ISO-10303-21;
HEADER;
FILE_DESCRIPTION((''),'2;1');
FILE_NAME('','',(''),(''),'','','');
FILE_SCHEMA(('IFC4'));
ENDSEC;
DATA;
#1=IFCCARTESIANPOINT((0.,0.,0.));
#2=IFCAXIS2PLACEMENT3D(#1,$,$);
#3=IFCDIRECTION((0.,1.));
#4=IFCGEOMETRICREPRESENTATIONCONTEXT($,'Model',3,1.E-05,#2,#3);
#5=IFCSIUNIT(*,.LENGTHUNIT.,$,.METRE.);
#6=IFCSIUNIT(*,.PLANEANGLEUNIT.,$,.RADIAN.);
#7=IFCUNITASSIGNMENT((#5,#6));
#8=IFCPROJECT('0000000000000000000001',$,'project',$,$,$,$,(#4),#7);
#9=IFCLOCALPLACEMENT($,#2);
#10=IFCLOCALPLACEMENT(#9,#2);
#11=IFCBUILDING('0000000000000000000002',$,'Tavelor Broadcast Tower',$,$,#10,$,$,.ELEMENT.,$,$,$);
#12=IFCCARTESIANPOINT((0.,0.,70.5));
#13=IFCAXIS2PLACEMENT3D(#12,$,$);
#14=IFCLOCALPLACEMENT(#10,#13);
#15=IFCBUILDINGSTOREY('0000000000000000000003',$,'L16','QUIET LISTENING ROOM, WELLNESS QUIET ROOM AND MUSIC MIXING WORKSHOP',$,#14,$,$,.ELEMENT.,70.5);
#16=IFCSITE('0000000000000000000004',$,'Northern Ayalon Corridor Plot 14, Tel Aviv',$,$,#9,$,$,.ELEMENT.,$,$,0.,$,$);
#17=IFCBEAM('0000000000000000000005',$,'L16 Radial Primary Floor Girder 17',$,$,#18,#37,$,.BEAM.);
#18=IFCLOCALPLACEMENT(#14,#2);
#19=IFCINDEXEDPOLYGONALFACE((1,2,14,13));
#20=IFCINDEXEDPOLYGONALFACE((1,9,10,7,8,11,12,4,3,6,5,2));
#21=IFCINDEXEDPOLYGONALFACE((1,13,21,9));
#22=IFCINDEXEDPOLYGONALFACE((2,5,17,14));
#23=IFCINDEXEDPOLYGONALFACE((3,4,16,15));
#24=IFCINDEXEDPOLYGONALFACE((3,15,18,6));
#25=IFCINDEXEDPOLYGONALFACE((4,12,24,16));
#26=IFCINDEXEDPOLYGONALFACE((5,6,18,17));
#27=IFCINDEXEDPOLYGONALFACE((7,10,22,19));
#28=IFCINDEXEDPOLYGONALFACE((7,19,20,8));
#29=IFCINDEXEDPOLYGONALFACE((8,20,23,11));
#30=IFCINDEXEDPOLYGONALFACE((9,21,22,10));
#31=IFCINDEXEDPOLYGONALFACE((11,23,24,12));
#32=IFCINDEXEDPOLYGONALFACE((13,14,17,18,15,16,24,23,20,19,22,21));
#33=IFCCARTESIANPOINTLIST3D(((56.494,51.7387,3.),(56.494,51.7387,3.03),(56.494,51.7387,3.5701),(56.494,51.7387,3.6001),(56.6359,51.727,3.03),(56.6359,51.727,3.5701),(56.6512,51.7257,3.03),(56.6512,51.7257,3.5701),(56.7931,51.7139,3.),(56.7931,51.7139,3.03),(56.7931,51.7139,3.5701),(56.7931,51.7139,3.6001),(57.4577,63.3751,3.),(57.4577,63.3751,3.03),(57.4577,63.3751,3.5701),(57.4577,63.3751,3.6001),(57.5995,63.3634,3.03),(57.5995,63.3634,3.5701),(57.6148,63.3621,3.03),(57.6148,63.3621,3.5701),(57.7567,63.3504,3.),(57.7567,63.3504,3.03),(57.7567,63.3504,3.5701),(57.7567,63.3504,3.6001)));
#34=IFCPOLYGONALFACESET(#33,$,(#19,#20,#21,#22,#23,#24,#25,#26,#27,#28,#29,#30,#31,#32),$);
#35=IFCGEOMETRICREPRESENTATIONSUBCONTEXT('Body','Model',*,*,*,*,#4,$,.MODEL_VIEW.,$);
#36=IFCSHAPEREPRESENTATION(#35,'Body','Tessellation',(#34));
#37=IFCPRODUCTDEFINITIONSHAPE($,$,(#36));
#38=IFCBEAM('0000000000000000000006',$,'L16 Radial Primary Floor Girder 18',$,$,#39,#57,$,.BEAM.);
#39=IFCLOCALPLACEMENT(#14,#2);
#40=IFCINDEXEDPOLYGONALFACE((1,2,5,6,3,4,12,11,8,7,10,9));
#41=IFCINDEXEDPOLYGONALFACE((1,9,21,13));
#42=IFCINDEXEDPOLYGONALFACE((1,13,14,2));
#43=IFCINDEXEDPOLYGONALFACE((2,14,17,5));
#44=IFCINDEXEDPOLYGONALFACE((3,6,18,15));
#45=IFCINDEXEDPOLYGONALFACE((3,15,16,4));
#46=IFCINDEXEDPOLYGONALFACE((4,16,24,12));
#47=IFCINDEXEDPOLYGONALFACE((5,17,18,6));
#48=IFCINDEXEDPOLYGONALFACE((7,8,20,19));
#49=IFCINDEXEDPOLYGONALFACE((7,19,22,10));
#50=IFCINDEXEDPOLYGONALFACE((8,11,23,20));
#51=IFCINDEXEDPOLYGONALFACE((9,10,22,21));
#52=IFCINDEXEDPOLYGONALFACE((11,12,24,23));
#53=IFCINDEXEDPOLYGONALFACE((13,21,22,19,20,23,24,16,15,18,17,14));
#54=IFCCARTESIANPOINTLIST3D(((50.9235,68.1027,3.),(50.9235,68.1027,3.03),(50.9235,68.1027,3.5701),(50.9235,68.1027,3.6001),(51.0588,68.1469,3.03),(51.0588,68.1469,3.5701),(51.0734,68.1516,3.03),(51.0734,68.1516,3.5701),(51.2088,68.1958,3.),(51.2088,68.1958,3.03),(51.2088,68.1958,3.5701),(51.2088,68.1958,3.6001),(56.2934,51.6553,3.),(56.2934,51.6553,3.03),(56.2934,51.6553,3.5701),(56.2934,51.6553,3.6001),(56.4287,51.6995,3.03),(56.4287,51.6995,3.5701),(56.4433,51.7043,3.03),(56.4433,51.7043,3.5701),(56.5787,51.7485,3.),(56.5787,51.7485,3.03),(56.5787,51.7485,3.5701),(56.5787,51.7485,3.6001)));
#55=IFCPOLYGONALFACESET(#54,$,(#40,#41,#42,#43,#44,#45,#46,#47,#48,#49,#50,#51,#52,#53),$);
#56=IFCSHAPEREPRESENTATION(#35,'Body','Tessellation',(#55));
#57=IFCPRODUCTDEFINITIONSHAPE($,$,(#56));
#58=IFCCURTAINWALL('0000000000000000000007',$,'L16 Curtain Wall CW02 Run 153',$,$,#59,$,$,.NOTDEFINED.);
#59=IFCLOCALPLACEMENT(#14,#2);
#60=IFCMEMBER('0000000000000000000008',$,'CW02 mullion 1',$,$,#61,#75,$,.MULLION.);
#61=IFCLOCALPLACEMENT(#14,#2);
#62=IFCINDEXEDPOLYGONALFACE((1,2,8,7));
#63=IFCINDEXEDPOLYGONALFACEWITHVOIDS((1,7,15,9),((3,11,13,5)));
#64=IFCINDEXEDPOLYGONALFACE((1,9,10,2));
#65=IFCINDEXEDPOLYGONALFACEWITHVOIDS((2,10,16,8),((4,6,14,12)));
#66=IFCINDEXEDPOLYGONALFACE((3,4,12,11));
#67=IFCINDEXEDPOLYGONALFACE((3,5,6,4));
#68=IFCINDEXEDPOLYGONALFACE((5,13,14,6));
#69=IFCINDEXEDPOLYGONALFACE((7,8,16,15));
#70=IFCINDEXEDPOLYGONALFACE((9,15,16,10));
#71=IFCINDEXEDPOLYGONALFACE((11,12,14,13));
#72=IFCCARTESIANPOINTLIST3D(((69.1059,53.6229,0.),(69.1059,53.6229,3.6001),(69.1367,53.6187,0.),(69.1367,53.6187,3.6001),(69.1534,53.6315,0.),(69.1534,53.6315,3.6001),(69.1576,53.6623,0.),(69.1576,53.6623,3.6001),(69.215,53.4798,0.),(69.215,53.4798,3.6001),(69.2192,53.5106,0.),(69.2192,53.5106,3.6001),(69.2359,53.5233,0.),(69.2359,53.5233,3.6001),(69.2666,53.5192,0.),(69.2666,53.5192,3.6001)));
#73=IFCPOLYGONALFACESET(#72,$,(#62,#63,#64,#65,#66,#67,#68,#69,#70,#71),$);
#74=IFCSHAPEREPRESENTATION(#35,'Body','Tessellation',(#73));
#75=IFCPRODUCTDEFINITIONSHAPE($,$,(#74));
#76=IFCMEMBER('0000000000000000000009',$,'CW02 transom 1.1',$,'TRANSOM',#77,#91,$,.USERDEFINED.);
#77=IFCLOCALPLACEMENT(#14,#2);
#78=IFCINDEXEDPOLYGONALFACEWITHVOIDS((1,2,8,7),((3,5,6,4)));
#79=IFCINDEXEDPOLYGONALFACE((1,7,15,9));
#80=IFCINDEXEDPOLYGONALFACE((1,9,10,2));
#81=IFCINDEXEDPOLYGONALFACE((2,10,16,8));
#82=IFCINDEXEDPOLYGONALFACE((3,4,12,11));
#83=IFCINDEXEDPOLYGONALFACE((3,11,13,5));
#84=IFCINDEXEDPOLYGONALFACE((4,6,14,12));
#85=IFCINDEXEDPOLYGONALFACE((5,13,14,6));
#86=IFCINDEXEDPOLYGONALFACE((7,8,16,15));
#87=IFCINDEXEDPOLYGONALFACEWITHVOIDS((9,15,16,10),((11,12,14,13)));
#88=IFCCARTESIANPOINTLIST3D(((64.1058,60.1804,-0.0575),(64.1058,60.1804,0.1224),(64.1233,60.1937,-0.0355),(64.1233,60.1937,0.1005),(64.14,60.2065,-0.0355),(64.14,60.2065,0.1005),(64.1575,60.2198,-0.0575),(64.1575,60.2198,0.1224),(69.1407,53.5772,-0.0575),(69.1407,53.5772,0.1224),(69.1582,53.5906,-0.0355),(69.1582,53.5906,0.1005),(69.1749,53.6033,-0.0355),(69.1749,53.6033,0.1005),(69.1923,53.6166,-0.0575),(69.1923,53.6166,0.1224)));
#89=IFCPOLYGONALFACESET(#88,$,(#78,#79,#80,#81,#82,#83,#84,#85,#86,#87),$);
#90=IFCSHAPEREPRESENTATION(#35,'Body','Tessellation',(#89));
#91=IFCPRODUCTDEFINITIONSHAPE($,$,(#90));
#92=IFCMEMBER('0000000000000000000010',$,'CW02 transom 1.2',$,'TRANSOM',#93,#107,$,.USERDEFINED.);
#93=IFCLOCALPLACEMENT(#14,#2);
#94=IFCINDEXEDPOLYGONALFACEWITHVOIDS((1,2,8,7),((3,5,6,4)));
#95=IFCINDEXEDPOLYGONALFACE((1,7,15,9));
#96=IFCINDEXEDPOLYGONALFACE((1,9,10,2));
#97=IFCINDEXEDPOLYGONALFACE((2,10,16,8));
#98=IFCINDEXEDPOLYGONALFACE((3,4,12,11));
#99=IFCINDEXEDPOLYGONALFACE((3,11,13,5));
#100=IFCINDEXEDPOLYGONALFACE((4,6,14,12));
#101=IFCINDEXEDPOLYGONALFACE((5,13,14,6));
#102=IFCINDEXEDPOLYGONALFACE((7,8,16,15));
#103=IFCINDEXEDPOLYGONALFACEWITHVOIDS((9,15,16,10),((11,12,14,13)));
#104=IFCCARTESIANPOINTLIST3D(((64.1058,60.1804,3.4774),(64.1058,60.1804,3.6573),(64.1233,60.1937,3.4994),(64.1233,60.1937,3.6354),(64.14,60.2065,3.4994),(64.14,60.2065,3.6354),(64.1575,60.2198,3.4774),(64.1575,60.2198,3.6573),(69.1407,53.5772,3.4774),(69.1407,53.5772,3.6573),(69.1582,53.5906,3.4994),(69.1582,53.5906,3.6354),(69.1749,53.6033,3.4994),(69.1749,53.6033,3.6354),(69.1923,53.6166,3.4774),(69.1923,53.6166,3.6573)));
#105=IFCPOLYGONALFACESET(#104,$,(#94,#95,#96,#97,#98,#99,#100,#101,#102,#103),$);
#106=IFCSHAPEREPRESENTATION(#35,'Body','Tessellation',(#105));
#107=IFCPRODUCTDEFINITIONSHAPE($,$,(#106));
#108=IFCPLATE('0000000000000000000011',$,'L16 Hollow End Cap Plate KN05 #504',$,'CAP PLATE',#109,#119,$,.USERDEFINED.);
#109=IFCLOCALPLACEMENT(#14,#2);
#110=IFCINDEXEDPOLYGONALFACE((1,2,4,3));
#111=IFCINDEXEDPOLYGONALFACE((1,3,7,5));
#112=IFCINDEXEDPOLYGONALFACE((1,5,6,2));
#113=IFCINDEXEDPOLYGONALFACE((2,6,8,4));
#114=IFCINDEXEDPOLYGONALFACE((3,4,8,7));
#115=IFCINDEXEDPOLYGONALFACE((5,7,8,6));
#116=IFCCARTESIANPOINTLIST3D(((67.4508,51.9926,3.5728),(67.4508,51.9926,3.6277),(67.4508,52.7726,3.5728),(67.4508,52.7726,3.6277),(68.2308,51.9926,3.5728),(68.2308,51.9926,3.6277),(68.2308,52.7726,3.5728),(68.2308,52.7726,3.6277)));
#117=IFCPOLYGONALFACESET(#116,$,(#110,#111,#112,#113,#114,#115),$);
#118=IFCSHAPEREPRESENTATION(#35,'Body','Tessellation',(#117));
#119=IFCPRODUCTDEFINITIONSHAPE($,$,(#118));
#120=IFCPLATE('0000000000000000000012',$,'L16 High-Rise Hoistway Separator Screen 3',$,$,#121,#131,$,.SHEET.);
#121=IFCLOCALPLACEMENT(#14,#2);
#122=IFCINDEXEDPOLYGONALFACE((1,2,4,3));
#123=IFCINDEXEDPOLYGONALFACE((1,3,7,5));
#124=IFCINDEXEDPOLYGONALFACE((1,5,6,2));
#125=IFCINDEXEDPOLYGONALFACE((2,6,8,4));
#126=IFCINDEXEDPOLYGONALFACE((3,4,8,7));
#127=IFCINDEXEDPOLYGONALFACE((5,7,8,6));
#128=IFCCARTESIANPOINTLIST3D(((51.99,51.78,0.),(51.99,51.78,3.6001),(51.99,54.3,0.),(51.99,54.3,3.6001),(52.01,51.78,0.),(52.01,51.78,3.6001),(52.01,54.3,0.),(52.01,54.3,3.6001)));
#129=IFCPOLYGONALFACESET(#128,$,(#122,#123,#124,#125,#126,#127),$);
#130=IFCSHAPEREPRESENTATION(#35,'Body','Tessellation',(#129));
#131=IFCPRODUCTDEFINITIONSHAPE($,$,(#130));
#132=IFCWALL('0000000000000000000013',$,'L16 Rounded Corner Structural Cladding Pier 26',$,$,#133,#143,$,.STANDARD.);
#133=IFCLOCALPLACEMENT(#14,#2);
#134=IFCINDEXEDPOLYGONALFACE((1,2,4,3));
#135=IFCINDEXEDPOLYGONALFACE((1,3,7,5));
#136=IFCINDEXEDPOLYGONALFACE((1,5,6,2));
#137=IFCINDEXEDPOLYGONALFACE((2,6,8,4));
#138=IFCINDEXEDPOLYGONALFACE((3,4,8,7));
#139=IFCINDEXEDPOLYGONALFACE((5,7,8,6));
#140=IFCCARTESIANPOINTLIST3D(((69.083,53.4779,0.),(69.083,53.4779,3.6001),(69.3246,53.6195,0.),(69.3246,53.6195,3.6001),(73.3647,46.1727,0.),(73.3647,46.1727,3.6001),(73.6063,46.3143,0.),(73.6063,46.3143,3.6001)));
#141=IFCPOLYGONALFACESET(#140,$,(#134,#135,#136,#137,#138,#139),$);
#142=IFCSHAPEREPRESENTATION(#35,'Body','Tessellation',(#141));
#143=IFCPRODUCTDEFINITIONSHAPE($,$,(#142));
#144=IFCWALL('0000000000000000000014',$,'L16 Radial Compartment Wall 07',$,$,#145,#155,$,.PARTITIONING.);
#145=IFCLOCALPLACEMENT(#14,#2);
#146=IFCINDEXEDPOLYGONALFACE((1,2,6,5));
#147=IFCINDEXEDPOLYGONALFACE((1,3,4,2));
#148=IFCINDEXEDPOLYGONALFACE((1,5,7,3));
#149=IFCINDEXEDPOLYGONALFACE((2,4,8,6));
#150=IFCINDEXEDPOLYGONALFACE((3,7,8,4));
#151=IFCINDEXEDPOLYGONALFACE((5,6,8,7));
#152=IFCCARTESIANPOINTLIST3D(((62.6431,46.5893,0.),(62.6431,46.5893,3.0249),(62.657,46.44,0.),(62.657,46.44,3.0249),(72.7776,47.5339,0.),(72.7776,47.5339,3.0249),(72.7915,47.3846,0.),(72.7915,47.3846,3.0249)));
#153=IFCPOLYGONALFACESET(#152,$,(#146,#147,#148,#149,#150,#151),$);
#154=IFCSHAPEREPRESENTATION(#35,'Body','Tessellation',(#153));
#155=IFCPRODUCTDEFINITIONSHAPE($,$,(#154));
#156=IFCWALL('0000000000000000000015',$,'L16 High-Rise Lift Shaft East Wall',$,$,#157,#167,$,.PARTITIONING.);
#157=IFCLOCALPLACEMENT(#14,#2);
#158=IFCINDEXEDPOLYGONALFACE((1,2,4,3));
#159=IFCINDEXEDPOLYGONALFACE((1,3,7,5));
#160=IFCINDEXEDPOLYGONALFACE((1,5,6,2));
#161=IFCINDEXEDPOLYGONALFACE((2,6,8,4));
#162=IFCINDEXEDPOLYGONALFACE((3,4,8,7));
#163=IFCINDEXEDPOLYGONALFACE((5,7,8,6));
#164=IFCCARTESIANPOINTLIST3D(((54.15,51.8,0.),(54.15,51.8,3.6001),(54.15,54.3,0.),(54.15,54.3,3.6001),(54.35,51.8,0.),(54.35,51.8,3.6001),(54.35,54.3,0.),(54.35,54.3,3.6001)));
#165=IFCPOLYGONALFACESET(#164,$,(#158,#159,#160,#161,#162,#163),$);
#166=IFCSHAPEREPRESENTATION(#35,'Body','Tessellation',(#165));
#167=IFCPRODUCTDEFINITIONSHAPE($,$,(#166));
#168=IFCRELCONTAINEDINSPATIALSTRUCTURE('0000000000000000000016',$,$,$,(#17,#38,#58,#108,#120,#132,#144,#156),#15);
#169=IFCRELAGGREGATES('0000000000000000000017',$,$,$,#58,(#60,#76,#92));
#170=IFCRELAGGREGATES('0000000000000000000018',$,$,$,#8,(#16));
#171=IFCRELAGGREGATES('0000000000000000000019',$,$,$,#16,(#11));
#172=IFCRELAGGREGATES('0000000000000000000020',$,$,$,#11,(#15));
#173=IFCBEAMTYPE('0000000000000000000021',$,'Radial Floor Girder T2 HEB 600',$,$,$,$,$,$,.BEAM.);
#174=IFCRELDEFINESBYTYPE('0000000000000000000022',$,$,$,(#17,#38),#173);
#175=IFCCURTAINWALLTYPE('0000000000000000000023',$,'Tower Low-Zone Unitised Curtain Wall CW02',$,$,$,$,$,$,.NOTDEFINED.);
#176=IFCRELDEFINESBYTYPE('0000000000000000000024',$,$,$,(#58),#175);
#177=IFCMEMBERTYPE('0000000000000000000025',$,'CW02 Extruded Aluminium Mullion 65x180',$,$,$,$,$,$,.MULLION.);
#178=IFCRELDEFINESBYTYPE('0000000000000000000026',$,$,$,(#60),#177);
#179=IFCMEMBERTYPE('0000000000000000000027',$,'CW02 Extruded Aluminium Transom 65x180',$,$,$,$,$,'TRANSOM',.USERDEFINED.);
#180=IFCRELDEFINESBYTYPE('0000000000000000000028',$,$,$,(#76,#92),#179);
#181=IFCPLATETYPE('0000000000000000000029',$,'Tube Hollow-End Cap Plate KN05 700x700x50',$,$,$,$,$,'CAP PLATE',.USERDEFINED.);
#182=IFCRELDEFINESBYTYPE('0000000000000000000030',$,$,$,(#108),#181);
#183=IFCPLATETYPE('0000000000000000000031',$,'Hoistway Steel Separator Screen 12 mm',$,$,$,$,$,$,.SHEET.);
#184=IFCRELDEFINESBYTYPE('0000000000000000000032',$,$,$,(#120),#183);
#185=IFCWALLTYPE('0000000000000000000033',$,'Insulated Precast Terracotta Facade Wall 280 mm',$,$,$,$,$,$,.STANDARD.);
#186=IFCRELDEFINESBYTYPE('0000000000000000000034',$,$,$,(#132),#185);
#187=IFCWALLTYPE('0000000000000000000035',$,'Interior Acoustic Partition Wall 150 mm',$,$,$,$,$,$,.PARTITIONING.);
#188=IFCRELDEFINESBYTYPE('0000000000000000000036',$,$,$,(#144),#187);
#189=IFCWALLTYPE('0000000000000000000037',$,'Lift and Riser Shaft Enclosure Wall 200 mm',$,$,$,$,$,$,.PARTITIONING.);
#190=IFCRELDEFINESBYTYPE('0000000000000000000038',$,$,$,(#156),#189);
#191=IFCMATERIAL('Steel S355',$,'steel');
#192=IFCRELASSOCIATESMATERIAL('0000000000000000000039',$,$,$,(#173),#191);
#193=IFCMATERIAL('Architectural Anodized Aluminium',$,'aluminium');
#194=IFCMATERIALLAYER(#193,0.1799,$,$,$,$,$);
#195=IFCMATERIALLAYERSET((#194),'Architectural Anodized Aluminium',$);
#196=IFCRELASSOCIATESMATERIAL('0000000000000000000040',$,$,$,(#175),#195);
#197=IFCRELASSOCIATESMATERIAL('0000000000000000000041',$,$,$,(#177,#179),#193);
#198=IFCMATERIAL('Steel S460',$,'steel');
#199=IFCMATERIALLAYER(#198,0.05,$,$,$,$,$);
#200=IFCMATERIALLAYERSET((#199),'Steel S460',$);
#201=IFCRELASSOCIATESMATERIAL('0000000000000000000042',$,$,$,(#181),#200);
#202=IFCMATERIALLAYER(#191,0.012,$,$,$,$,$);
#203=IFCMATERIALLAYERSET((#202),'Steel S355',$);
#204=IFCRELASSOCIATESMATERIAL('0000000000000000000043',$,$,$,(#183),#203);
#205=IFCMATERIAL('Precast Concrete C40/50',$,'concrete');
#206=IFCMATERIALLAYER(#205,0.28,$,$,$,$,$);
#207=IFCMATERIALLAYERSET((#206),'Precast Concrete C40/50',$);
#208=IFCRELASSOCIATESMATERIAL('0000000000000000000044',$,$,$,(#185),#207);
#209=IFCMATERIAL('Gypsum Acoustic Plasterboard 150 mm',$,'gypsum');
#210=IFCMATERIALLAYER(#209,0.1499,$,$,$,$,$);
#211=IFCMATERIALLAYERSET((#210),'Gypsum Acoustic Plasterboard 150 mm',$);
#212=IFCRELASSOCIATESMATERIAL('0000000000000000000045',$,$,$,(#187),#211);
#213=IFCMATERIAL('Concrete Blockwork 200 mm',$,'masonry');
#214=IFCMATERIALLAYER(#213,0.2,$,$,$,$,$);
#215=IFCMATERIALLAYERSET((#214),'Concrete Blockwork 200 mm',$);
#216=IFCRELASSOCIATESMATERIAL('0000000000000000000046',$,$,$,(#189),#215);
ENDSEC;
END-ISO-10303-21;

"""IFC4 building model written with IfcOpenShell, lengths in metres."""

from ifc_helpers import new_model, si_unit, direction, frame, frame_2d, origin, origin_2d, place, context, subcontext, project, spatial, rectangle, hollow_rectangle, i_section, extrude, source, transform, mapped, material, layer, layer_set, material_profile, profile_set, type_object, type_shapes, element, aggregate, save


model = new_model("IFC4")

# Units and contexts
model_context = context("Model", 3, precision=1e-05, world=origin(), true_north=direction((0.0, 1.0)))
body_context = subcontext(model_context, "Body", "Model", "MODEL_VIEW")
ifc_project = project(units=[si_unit("LENGTHUNIT", "METRE"), si_unit("PLANEANGLEUNIT", "RADIAN")], contexts=[model_context])

# Site, building, storey
site_placement = place(None, origin())
site = spatial("IfcSite", under=ifc_project, at=site_placement, Name="Northern Ayalon Corridor Plot 14, Tel Aviv", CompositionType="ELEMENT", RefElevation=0.0)
building_placement = place(site_placement, origin())
building = spatial("IfcBuilding", under=site, at=building_placement, Name="Tavelor Broadcast Tower", CompositionType="ELEMENT")
storey_placement = place(building_placement, frame((0.0, 0.0, 70.5)))
storey = spatial("IfcBuildingStorey", under=building, at=storey_placement, Name="L16", Description="QUIET LISTENING ROOM, WELLNESS QUIET ROOM AND MUSIC MIXING WORKSHOP", CompositionType="ELEMENT", Elevation=70.5)

# Shared definitions
ifc_material_1 = material(Name="Steel S460", Category="steel")

# Beams
ifc_material_2 = material(Name="Steel S355", Category="steel")
ifc_material_profile_1 = material_profile(ifc_material_2, i_section(OverallWidth=0.3, OverallDepth=0.6001, WebThickness=0.0154, FlangeThickness=0.03, at=origin_2d()), Name="HEB 600")
ifc_profile_set_1 = profile_set([ifc_material_profile_1], Name="Steel S355")
beam_type_1 = type_object("IfcBeamType", Name="Radial Floor Girder T2 HEB 600", PredefinedType="BEAM", material=ifc_profile_set_1)
beam_1_placement = place(storey_placement, frame((56.6436, 51.7263, 3.3), z_axis=(0.082528, 0.996589, 0.0), x_axis=(-0.996589, 0.082528, 0.0)))
element("IfcBeam", 1, at=beam_1_placement, inside=storey, type_object=beam_type_1, Name="L16 Radial Primary Floor Girder 17", PredefinedType="BEAM", context=body_context, shape_type="SweptSolid", body=[
    extrude(i_section(OverallWidth=0.3, OverallDepth=0.6001, WebThickness=0.0154, FlangeThickness=0.03, at=origin_2d()), origin(), (0.0, 0.0, 1.0), 11.6763),
])
beam_2_placement = place(storey_placement, frame((56.436, 51.7019, 3.3), z_axis=(-0.310367, 0.950617, 0.0), x_axis=(-0.950617, -0.310367, 0.0)))
element("IfcBeam", 2, at=beam_2_placement, inside=storey, type_object=beam_type_1, Name="L16 Radial Primary Floor Girder 18", PredefinedType="BEAM", context=body_context, shape_type="SweptSolid", body=[
    extrude(i_section(OverallWidth=0.3, OverallDepth=0.6001, WebThickness=0.0154, FlangeThickness=0.03, at=origin_2d()), origin(), (0.0, 0.0, 1.0), 17.3018),
])

# Curtain wall, members
ifc_material_3 = material(Name="Architectural Anodized Aluminium", Category="aluminium")
ifc_layer_1 = layer(ifc_material_3, 0.1799)
ifc_layer_set_1 = layer_set([ifc_layer_1], Name="Architectural Anodized Aluminium")
curtain_wall_type = type_object("IfcCurtainWallType", Name="Tower Low-Zone Unitised Curtain Wall CW02", PredefinedType="NOTDEFINED", material=ifc_layer_set_1)
curtain_wall_placement = place(storey_placement, origin())
curtain_wall = element("IfcCurtainWall", 3, at=curtain_wall_placement, inside=storey, type_object=curtain_wall_type, Name="L16 Curtain Wall CW02 Run 153", PredefinedType="NOTDEFINED")
ifc_material_profile_2 = material_profile(ifc_material_3, hollow_rectangle(XDim=0.0649, YDim=0.1799, WallThickness=0.022, at=origin_2d()), Name="RHS 65x180x22")
ifc_profile_set_2 = profile_set([ifc_material_profile_2], Name="Architectural Anodized Aluminium")
member_type_1 = type_object("IfcMemberType", Name="CW02 Extruded Aluminium Mullion 65x180", PredefinedType="MULLION", material=ifc_profile_set_2)
shared_shape_1 = source(origin(), body_context, "Body", "SweptSolid", [
    extrude(hollow_rectangle(XDim=0.0649, YDim=0.1799, WallThickness=0.022, at=origin_2d()), origin(), (0.0, 0.0, 1.0), 3.6001),
])
type_shapes(member_type_1, [shared_shape_1])
member_1_placement = place(storey_placement, frame((69.1863, 53.571, 0.0), z_axis=(0.0, 0.0, 1.0), x_axis=(-0.79521, -0.606335, 0.0)))
member_1 = element("IfcMember", 4, at=member_1_placement, type_object=member_type_1, Name="CW02 mullion 1", PredefinedType="MULLION", context=body_context, shape_type="MappedRepresentation", body=[
    mapped(shared_shape_1, transform((0.0, 0.0, 0.0), scale=1.0)),
])
ifc_material_profile_3 = material_profile(ifc_material_3, hollow_rectangle(XDim=0.0649, YDim=0.1799, WallThickness=0.022, at=origin_2d()), Name="RHS 65x180x22")
ifc_profile_set_3 = profile_set([ifc_material_profile_3], Name="Architectural Anodized Aluminium")
member_type_2 = type_object("IfcMemberType", Name="CW02 Extruded Aluminium Transom 65x180", ElementType="TRANSOM", PredefinedType="USERDEFINED", material=ifc_profile_set_3)
shared_shape_2 = source(origin(), body_context, "Body", "SweptSolid", [
    extrude(hollow_rectangle(XDim=0.0649, YDim=0.1799, WallThickness=0.022, at=origin_2d()), origin(), (0.0, 0.0, 1.0), 8.3037),
])
type_shapes(member_type_2, [shared_shape_2])
member_2_placement = place(storey_placement, frame((69.1665, 53.5969, 0.0325), z_axis=(-0.606336, 0.795208, 0.0), x_axis=(-0.795208, -0.606336, 0.0)))
member_2 = element("IfcMember", 5, at=member_2_placement, type_object=member_type_2, Name="CW02 transom 1.1", ObjectType="TRANSOM", PredefinedType="USERDEFINED", context=body_context, shape_type="MappedRepresentation", body=[
    mapped(shared_shape_2, transform((0.0, 0.0, 0.0), scale=1.0)),
])
member_3_placement = place(storey_placement, frame((69.1665, 53.5969, 3.5674), z_axis=(-0.606336, 0.795208, 0.0), x_axis=(-0.795208, -0.606336, 0.0)))
member_3 = element("IfcMember", 6, at=member_3_placement, type_object=member_type_2, Name="CW02 transom 1.2", ObjectType="TRANSOM", PredefinedType="USERDEFINED", context=body_context, shape_type="MappedRepresentation", body=[
    mapped(shared_shape_2, transform((0.0, 0.0, 0.0), scale=1.0)),
])
aggregate(curtain_wall, [member_1, member_2, member_3])

# Plates
ifc_layer_2 = layer(ifc_material_1, 0.05)
ifc_layer_set_2 = layer_set([ifc_layer_2], Name="Steel S460")
plate_type_1 = type_object("IfcPlateType", Name="Tube Hollow-End Cap Plate KN05 700x700x50", ElementType="CAP PLATE", PredefinedType="USERDEFINED", material=ifc_layer_set_2)
shared_shape_3 = source(origin(), body_context, "Body", "SweptSolid", [
    extrude(rectangle(XDim=0.78, YDim=0.78, at=origin_2d()), origin(), (0.0, 0.0, 1.0), 0.0549),
])
type_shapes(plate_type_1, [shared_shape_3])
plate_1_placement = place(storey_placement, frame((67.8408, 52.3826, 3.5728), z_axis=(0.0, 0.0, 1.0), x_axis=(1.0, 0.0, 0.0)))
element("IfcPlate", 7, at=plate_1_placement, inside=storey, type_object=plate_type_1, Name="L16 Hollow End Cap Plate KN05 #504", ObjectType="CAP PLATE", PredefinedType="USERDEFINED", context=body_context, shape_type="MappedRepresentation", body=[
    mapped(shared_shape_3, transform((0.0, 0.0, 0.0), scale=1.0)),
])
ifc_layer_3 = layer(ifc_material_2, 0.012)
ifc_layer_set_3 = layer_set([ifc_layer_3], Name="Steel S355")
plate_type_2 = type_object("IfcPlateType", Name="Hoistway Steel Separator Screen 12 mm", PredefinedType="SHEET", material=ifc_layer_set_3)
shared_shape_4 = source(origin(), body_context, "Body", "SweptSolid", [
    extrude(rectangle(XDim=0.02, YDim=2.52, at=origin_2d()), origin(), (0.0, 0.0, 1.0), 3.6001),
])
type_shapes(plate_type_2, [shared_shape_4])
plate_2_placement = place(storey_placement, frame((52.0, 53.04, 0.0), z_axis=(0.0, 0.0, 1.0), x_axis=(1.0, 0.0, 0.0)))
element("IfcPlate", 8, at=plate_2_placement, inside=storey, type_object=plate_type_2, Name="L16 High-Rise Hoistway Separator Screen 3", PredefinedType="SHEET", context=body_context, shape_type="MappedRepresentation", body=[
    mapped(shared_shape_4, transform((0.0, 0.0, 0.0), scale=1.0)),
])

# Walls
ifc_material_4 = material(Name="Precast Concrete C40/50", Category="concrete")
ifc_layer_4 = layer(ifc_material_4, 0.28)
ifc_layer_set_4 = layer_set([ifc_layer_4], Name="Precast Concrete C40/50")
wall_type_1 = type_object("IfcWallType", Name="Insulated Precast Terracotta Facade Wall 280 mm", PredefinedType="STANDARD", material=ifc_layer_set_4)
wall_1_placement = place(storey_placement, frame((73.4856, 46.2434, 0.0), z_axis=(0.0, 0.0, 1.0), x_axis=(-0.505666, 0.862729, 0.0)))
element("IfcWall", 9, at=wall_1_placement, inside=storey, type_object=wall_type_1, Name="L16 Rounded Corner Structural Cladding Pier 26", PredefinedType="STANDARD", context=body_context, shape_type="SweptSolid", body=[
    extrude(rectangle(XDim=8.4675, YDim=0.28, at=frame_2d((4.2339, 0.0))), origin(), (0.0, 0.0, 1.0), 3.6001),
])
ifc_material_5 = material(Name="Gypsum Acoustic Plasterboard 150 mm", Category="gypsum")
ifc_layer_5 = layer(ifc_material_5, 0.1499)
ifc_layer_set_5 = layer_set([ifc_layer_5], Name="Gypsum Acoustic Plasterboard 150 mm")
wall_type_2 = type_object("IfcWallType", Name="Interior Acoustic Partition Wall 150 mm", PredefinedType="PARTITIONING", material=ifc_layer_set_5)
wall_2_placement = place(storey_placement, frame((62.6499, 46.5146, 0.0), z_axis=(0.0, 0.0, 1.0), x_axis=(0.995685, 0.092802, 0.0)))
element("IfcWall", 10, at=wall_2_placement, inside=storey, type_object=wall_type_2, Name="L16 Radial Compartment Wall 07", PredefinedType="PARTITIONING", context=body_context, shape_type="SweptSolid", body=[
    extrude(rectangle(XDim=10.1785, YDim=0.1499, at=frame_2d((5.0894, 0.0))), origin(), (0.0, 0.0, 1.0), 3.0249),
])
ifc_material_6 = material(Name="Concrete Blockwork 200 mm", Category="masonry")
ifc_layer_6 = layer(ifc_material_6, 0.2)
ifc_layer_set_6 = layer_set([ifc_layer_6], Name="Concrete Blockwork 200 mm")
wall_type_3 = type_object("IfcWallType", Name="Lift and Riser Shaft Enclosure Wall 200 mm", PredefinedType="PARTITIONING", material=ifc_layer_set_6)
wall_3_placement = place(storey_placement, frame((54.25, 51.8, 0.0), z_axis=(0.0, 0.0, 1.0), x_axis=(0.0, 1.0, 0.0)))
element("IfcWall", 11, at=wall_3_placement, inside=storey, type_object=wall_type_3, Name="L16 High-Rise Lift Shaft East Wall", PredefinedType="PARTITIONING", context=body_context, shape_type="SweptSolid", body=[
    extrude(rectangle(XDim=2.5, YDim=0.2, at=frame_2d((1.25, 0.0))), origin(), (0.0, 0.0, 1.0), 3.6001),
])

save(model, "model.ifc")
